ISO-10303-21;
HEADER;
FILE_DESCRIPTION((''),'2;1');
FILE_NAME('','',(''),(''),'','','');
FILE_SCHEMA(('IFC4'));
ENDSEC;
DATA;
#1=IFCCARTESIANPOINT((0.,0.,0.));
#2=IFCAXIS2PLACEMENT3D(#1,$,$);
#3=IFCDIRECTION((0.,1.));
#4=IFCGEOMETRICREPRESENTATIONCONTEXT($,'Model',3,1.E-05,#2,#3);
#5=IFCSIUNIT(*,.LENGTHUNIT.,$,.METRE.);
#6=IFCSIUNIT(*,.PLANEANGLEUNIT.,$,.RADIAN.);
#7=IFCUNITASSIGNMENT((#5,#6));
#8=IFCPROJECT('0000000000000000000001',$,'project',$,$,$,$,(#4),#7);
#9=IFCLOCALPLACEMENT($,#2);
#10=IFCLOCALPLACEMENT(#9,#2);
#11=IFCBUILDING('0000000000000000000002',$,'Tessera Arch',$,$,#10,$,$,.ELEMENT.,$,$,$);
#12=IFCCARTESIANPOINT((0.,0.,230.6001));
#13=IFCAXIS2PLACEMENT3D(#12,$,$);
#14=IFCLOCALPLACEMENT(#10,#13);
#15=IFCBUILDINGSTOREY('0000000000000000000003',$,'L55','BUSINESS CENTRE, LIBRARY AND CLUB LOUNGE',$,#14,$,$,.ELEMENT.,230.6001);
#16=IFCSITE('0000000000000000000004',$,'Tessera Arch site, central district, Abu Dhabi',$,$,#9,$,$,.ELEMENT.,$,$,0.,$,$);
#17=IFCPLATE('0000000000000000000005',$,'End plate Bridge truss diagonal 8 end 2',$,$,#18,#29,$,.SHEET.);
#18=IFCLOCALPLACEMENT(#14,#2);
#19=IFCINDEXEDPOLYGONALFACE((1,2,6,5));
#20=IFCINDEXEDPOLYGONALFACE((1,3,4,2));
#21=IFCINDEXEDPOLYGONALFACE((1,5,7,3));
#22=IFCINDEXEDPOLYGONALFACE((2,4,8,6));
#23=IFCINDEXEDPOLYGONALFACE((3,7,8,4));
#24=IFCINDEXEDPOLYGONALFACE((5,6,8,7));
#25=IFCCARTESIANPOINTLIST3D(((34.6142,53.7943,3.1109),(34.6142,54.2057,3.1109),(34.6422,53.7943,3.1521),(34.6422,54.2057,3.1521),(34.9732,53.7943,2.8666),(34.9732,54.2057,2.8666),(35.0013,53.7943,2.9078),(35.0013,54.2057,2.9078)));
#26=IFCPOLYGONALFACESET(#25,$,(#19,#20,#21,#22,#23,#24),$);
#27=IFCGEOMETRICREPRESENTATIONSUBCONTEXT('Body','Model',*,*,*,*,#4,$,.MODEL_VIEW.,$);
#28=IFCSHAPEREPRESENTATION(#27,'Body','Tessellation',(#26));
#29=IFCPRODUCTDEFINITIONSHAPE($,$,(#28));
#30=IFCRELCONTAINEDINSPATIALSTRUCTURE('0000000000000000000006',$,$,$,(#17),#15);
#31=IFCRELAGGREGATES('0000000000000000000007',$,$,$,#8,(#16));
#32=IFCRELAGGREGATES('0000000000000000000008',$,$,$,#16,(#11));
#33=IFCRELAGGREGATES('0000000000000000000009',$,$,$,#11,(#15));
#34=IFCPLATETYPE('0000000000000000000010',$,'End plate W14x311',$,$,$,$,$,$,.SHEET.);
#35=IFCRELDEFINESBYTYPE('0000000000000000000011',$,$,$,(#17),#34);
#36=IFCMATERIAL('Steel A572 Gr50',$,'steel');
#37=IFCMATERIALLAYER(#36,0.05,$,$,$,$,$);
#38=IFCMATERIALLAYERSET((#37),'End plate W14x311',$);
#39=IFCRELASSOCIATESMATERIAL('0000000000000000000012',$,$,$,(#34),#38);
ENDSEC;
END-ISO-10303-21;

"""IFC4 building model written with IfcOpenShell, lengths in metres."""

from ifc_helpers import new_model, si_unit, direction, frame, origin, origin_2d, place, context, subcontext, project, spatial, rectangle, extrude, material, layer, layer_set, type_object, element, save


model = new_model("IFC4")

# Units and contexts
model_context = context("Model", 3, precision=1e-05, world=origin(), true_north=direction((0.0, 1.0)))
body_context = subcontext(model_context, "Body", "Model", "MODEL_VIEW")
ifc_project = project(units=[si_unit("LENGTHUNIT", "METRE"), si_unit("PLANEANGLEUNIT", "RADIAN")], contexts=[model_context])

# Site, building, storey
site_placement = place(None, origin())
site = spatial("IfcSite", under=ifc_project, at=site_placement, Name="Tessera Arch site, central district, Abu Dhabi", CompositionType="ELEMENT", RefElevation=0.0)
building_placement = place(site_placement, origin())
building = spatial("IfcBuilding", under=site, at=building_placement, Name="Tessera Arch", CompositionType="ELEMENT")
storey_placement = place(building_placement, frame((0.0, 0.0, 230.6001)))
storey = spatial("IfcBuildingStorey", under=building, at=storey_placement, Name="L55", Description="BUSINESS CENTRE, LIBRARY AND CLUB LOUNGE", CompositionType="ELEMENT", Elevation=230.6001)

# Plate
ifc_material_1 = material(Name="Steel A572 Gr50", Category="steel")
ifc_layer_1 = layer(ifc_material_1, 0.05)
ifc_layer_set_1 = layer_set([ifc_layer_1], Name="End plate W14x311")
plate_type_1 = type_object("IfcPlateType", Name="End plate W14x311", PredefinedType="SHEET", material=ifc_layer_set_1)
for number, where, z_axis, x_axis, name in (
    (1, (34.7937, 54.0, 2.9888), (0.562578, 0.0, 0.826744), (0.0, 1.0, 0.0), "End plate Bridge truss diagonal 8 end 2"),
):
    element("IfcPlate", number, at=place(storey_placement, frame(where, z_axis=z_axis, x_axis=x_axis)), inside=storey, type_object=plate_type_1, Name=name, PredefinedType="SHEET", context=body_context, shape_type="SweptSolid", body=[
        extrude(rectangle(XDim=0.4114, YDim=0.4343, at=origin_2d()), origin(), (0.0, 0.0, 1.0), 0.0498),
    ])

save(model, "model.ifc")
